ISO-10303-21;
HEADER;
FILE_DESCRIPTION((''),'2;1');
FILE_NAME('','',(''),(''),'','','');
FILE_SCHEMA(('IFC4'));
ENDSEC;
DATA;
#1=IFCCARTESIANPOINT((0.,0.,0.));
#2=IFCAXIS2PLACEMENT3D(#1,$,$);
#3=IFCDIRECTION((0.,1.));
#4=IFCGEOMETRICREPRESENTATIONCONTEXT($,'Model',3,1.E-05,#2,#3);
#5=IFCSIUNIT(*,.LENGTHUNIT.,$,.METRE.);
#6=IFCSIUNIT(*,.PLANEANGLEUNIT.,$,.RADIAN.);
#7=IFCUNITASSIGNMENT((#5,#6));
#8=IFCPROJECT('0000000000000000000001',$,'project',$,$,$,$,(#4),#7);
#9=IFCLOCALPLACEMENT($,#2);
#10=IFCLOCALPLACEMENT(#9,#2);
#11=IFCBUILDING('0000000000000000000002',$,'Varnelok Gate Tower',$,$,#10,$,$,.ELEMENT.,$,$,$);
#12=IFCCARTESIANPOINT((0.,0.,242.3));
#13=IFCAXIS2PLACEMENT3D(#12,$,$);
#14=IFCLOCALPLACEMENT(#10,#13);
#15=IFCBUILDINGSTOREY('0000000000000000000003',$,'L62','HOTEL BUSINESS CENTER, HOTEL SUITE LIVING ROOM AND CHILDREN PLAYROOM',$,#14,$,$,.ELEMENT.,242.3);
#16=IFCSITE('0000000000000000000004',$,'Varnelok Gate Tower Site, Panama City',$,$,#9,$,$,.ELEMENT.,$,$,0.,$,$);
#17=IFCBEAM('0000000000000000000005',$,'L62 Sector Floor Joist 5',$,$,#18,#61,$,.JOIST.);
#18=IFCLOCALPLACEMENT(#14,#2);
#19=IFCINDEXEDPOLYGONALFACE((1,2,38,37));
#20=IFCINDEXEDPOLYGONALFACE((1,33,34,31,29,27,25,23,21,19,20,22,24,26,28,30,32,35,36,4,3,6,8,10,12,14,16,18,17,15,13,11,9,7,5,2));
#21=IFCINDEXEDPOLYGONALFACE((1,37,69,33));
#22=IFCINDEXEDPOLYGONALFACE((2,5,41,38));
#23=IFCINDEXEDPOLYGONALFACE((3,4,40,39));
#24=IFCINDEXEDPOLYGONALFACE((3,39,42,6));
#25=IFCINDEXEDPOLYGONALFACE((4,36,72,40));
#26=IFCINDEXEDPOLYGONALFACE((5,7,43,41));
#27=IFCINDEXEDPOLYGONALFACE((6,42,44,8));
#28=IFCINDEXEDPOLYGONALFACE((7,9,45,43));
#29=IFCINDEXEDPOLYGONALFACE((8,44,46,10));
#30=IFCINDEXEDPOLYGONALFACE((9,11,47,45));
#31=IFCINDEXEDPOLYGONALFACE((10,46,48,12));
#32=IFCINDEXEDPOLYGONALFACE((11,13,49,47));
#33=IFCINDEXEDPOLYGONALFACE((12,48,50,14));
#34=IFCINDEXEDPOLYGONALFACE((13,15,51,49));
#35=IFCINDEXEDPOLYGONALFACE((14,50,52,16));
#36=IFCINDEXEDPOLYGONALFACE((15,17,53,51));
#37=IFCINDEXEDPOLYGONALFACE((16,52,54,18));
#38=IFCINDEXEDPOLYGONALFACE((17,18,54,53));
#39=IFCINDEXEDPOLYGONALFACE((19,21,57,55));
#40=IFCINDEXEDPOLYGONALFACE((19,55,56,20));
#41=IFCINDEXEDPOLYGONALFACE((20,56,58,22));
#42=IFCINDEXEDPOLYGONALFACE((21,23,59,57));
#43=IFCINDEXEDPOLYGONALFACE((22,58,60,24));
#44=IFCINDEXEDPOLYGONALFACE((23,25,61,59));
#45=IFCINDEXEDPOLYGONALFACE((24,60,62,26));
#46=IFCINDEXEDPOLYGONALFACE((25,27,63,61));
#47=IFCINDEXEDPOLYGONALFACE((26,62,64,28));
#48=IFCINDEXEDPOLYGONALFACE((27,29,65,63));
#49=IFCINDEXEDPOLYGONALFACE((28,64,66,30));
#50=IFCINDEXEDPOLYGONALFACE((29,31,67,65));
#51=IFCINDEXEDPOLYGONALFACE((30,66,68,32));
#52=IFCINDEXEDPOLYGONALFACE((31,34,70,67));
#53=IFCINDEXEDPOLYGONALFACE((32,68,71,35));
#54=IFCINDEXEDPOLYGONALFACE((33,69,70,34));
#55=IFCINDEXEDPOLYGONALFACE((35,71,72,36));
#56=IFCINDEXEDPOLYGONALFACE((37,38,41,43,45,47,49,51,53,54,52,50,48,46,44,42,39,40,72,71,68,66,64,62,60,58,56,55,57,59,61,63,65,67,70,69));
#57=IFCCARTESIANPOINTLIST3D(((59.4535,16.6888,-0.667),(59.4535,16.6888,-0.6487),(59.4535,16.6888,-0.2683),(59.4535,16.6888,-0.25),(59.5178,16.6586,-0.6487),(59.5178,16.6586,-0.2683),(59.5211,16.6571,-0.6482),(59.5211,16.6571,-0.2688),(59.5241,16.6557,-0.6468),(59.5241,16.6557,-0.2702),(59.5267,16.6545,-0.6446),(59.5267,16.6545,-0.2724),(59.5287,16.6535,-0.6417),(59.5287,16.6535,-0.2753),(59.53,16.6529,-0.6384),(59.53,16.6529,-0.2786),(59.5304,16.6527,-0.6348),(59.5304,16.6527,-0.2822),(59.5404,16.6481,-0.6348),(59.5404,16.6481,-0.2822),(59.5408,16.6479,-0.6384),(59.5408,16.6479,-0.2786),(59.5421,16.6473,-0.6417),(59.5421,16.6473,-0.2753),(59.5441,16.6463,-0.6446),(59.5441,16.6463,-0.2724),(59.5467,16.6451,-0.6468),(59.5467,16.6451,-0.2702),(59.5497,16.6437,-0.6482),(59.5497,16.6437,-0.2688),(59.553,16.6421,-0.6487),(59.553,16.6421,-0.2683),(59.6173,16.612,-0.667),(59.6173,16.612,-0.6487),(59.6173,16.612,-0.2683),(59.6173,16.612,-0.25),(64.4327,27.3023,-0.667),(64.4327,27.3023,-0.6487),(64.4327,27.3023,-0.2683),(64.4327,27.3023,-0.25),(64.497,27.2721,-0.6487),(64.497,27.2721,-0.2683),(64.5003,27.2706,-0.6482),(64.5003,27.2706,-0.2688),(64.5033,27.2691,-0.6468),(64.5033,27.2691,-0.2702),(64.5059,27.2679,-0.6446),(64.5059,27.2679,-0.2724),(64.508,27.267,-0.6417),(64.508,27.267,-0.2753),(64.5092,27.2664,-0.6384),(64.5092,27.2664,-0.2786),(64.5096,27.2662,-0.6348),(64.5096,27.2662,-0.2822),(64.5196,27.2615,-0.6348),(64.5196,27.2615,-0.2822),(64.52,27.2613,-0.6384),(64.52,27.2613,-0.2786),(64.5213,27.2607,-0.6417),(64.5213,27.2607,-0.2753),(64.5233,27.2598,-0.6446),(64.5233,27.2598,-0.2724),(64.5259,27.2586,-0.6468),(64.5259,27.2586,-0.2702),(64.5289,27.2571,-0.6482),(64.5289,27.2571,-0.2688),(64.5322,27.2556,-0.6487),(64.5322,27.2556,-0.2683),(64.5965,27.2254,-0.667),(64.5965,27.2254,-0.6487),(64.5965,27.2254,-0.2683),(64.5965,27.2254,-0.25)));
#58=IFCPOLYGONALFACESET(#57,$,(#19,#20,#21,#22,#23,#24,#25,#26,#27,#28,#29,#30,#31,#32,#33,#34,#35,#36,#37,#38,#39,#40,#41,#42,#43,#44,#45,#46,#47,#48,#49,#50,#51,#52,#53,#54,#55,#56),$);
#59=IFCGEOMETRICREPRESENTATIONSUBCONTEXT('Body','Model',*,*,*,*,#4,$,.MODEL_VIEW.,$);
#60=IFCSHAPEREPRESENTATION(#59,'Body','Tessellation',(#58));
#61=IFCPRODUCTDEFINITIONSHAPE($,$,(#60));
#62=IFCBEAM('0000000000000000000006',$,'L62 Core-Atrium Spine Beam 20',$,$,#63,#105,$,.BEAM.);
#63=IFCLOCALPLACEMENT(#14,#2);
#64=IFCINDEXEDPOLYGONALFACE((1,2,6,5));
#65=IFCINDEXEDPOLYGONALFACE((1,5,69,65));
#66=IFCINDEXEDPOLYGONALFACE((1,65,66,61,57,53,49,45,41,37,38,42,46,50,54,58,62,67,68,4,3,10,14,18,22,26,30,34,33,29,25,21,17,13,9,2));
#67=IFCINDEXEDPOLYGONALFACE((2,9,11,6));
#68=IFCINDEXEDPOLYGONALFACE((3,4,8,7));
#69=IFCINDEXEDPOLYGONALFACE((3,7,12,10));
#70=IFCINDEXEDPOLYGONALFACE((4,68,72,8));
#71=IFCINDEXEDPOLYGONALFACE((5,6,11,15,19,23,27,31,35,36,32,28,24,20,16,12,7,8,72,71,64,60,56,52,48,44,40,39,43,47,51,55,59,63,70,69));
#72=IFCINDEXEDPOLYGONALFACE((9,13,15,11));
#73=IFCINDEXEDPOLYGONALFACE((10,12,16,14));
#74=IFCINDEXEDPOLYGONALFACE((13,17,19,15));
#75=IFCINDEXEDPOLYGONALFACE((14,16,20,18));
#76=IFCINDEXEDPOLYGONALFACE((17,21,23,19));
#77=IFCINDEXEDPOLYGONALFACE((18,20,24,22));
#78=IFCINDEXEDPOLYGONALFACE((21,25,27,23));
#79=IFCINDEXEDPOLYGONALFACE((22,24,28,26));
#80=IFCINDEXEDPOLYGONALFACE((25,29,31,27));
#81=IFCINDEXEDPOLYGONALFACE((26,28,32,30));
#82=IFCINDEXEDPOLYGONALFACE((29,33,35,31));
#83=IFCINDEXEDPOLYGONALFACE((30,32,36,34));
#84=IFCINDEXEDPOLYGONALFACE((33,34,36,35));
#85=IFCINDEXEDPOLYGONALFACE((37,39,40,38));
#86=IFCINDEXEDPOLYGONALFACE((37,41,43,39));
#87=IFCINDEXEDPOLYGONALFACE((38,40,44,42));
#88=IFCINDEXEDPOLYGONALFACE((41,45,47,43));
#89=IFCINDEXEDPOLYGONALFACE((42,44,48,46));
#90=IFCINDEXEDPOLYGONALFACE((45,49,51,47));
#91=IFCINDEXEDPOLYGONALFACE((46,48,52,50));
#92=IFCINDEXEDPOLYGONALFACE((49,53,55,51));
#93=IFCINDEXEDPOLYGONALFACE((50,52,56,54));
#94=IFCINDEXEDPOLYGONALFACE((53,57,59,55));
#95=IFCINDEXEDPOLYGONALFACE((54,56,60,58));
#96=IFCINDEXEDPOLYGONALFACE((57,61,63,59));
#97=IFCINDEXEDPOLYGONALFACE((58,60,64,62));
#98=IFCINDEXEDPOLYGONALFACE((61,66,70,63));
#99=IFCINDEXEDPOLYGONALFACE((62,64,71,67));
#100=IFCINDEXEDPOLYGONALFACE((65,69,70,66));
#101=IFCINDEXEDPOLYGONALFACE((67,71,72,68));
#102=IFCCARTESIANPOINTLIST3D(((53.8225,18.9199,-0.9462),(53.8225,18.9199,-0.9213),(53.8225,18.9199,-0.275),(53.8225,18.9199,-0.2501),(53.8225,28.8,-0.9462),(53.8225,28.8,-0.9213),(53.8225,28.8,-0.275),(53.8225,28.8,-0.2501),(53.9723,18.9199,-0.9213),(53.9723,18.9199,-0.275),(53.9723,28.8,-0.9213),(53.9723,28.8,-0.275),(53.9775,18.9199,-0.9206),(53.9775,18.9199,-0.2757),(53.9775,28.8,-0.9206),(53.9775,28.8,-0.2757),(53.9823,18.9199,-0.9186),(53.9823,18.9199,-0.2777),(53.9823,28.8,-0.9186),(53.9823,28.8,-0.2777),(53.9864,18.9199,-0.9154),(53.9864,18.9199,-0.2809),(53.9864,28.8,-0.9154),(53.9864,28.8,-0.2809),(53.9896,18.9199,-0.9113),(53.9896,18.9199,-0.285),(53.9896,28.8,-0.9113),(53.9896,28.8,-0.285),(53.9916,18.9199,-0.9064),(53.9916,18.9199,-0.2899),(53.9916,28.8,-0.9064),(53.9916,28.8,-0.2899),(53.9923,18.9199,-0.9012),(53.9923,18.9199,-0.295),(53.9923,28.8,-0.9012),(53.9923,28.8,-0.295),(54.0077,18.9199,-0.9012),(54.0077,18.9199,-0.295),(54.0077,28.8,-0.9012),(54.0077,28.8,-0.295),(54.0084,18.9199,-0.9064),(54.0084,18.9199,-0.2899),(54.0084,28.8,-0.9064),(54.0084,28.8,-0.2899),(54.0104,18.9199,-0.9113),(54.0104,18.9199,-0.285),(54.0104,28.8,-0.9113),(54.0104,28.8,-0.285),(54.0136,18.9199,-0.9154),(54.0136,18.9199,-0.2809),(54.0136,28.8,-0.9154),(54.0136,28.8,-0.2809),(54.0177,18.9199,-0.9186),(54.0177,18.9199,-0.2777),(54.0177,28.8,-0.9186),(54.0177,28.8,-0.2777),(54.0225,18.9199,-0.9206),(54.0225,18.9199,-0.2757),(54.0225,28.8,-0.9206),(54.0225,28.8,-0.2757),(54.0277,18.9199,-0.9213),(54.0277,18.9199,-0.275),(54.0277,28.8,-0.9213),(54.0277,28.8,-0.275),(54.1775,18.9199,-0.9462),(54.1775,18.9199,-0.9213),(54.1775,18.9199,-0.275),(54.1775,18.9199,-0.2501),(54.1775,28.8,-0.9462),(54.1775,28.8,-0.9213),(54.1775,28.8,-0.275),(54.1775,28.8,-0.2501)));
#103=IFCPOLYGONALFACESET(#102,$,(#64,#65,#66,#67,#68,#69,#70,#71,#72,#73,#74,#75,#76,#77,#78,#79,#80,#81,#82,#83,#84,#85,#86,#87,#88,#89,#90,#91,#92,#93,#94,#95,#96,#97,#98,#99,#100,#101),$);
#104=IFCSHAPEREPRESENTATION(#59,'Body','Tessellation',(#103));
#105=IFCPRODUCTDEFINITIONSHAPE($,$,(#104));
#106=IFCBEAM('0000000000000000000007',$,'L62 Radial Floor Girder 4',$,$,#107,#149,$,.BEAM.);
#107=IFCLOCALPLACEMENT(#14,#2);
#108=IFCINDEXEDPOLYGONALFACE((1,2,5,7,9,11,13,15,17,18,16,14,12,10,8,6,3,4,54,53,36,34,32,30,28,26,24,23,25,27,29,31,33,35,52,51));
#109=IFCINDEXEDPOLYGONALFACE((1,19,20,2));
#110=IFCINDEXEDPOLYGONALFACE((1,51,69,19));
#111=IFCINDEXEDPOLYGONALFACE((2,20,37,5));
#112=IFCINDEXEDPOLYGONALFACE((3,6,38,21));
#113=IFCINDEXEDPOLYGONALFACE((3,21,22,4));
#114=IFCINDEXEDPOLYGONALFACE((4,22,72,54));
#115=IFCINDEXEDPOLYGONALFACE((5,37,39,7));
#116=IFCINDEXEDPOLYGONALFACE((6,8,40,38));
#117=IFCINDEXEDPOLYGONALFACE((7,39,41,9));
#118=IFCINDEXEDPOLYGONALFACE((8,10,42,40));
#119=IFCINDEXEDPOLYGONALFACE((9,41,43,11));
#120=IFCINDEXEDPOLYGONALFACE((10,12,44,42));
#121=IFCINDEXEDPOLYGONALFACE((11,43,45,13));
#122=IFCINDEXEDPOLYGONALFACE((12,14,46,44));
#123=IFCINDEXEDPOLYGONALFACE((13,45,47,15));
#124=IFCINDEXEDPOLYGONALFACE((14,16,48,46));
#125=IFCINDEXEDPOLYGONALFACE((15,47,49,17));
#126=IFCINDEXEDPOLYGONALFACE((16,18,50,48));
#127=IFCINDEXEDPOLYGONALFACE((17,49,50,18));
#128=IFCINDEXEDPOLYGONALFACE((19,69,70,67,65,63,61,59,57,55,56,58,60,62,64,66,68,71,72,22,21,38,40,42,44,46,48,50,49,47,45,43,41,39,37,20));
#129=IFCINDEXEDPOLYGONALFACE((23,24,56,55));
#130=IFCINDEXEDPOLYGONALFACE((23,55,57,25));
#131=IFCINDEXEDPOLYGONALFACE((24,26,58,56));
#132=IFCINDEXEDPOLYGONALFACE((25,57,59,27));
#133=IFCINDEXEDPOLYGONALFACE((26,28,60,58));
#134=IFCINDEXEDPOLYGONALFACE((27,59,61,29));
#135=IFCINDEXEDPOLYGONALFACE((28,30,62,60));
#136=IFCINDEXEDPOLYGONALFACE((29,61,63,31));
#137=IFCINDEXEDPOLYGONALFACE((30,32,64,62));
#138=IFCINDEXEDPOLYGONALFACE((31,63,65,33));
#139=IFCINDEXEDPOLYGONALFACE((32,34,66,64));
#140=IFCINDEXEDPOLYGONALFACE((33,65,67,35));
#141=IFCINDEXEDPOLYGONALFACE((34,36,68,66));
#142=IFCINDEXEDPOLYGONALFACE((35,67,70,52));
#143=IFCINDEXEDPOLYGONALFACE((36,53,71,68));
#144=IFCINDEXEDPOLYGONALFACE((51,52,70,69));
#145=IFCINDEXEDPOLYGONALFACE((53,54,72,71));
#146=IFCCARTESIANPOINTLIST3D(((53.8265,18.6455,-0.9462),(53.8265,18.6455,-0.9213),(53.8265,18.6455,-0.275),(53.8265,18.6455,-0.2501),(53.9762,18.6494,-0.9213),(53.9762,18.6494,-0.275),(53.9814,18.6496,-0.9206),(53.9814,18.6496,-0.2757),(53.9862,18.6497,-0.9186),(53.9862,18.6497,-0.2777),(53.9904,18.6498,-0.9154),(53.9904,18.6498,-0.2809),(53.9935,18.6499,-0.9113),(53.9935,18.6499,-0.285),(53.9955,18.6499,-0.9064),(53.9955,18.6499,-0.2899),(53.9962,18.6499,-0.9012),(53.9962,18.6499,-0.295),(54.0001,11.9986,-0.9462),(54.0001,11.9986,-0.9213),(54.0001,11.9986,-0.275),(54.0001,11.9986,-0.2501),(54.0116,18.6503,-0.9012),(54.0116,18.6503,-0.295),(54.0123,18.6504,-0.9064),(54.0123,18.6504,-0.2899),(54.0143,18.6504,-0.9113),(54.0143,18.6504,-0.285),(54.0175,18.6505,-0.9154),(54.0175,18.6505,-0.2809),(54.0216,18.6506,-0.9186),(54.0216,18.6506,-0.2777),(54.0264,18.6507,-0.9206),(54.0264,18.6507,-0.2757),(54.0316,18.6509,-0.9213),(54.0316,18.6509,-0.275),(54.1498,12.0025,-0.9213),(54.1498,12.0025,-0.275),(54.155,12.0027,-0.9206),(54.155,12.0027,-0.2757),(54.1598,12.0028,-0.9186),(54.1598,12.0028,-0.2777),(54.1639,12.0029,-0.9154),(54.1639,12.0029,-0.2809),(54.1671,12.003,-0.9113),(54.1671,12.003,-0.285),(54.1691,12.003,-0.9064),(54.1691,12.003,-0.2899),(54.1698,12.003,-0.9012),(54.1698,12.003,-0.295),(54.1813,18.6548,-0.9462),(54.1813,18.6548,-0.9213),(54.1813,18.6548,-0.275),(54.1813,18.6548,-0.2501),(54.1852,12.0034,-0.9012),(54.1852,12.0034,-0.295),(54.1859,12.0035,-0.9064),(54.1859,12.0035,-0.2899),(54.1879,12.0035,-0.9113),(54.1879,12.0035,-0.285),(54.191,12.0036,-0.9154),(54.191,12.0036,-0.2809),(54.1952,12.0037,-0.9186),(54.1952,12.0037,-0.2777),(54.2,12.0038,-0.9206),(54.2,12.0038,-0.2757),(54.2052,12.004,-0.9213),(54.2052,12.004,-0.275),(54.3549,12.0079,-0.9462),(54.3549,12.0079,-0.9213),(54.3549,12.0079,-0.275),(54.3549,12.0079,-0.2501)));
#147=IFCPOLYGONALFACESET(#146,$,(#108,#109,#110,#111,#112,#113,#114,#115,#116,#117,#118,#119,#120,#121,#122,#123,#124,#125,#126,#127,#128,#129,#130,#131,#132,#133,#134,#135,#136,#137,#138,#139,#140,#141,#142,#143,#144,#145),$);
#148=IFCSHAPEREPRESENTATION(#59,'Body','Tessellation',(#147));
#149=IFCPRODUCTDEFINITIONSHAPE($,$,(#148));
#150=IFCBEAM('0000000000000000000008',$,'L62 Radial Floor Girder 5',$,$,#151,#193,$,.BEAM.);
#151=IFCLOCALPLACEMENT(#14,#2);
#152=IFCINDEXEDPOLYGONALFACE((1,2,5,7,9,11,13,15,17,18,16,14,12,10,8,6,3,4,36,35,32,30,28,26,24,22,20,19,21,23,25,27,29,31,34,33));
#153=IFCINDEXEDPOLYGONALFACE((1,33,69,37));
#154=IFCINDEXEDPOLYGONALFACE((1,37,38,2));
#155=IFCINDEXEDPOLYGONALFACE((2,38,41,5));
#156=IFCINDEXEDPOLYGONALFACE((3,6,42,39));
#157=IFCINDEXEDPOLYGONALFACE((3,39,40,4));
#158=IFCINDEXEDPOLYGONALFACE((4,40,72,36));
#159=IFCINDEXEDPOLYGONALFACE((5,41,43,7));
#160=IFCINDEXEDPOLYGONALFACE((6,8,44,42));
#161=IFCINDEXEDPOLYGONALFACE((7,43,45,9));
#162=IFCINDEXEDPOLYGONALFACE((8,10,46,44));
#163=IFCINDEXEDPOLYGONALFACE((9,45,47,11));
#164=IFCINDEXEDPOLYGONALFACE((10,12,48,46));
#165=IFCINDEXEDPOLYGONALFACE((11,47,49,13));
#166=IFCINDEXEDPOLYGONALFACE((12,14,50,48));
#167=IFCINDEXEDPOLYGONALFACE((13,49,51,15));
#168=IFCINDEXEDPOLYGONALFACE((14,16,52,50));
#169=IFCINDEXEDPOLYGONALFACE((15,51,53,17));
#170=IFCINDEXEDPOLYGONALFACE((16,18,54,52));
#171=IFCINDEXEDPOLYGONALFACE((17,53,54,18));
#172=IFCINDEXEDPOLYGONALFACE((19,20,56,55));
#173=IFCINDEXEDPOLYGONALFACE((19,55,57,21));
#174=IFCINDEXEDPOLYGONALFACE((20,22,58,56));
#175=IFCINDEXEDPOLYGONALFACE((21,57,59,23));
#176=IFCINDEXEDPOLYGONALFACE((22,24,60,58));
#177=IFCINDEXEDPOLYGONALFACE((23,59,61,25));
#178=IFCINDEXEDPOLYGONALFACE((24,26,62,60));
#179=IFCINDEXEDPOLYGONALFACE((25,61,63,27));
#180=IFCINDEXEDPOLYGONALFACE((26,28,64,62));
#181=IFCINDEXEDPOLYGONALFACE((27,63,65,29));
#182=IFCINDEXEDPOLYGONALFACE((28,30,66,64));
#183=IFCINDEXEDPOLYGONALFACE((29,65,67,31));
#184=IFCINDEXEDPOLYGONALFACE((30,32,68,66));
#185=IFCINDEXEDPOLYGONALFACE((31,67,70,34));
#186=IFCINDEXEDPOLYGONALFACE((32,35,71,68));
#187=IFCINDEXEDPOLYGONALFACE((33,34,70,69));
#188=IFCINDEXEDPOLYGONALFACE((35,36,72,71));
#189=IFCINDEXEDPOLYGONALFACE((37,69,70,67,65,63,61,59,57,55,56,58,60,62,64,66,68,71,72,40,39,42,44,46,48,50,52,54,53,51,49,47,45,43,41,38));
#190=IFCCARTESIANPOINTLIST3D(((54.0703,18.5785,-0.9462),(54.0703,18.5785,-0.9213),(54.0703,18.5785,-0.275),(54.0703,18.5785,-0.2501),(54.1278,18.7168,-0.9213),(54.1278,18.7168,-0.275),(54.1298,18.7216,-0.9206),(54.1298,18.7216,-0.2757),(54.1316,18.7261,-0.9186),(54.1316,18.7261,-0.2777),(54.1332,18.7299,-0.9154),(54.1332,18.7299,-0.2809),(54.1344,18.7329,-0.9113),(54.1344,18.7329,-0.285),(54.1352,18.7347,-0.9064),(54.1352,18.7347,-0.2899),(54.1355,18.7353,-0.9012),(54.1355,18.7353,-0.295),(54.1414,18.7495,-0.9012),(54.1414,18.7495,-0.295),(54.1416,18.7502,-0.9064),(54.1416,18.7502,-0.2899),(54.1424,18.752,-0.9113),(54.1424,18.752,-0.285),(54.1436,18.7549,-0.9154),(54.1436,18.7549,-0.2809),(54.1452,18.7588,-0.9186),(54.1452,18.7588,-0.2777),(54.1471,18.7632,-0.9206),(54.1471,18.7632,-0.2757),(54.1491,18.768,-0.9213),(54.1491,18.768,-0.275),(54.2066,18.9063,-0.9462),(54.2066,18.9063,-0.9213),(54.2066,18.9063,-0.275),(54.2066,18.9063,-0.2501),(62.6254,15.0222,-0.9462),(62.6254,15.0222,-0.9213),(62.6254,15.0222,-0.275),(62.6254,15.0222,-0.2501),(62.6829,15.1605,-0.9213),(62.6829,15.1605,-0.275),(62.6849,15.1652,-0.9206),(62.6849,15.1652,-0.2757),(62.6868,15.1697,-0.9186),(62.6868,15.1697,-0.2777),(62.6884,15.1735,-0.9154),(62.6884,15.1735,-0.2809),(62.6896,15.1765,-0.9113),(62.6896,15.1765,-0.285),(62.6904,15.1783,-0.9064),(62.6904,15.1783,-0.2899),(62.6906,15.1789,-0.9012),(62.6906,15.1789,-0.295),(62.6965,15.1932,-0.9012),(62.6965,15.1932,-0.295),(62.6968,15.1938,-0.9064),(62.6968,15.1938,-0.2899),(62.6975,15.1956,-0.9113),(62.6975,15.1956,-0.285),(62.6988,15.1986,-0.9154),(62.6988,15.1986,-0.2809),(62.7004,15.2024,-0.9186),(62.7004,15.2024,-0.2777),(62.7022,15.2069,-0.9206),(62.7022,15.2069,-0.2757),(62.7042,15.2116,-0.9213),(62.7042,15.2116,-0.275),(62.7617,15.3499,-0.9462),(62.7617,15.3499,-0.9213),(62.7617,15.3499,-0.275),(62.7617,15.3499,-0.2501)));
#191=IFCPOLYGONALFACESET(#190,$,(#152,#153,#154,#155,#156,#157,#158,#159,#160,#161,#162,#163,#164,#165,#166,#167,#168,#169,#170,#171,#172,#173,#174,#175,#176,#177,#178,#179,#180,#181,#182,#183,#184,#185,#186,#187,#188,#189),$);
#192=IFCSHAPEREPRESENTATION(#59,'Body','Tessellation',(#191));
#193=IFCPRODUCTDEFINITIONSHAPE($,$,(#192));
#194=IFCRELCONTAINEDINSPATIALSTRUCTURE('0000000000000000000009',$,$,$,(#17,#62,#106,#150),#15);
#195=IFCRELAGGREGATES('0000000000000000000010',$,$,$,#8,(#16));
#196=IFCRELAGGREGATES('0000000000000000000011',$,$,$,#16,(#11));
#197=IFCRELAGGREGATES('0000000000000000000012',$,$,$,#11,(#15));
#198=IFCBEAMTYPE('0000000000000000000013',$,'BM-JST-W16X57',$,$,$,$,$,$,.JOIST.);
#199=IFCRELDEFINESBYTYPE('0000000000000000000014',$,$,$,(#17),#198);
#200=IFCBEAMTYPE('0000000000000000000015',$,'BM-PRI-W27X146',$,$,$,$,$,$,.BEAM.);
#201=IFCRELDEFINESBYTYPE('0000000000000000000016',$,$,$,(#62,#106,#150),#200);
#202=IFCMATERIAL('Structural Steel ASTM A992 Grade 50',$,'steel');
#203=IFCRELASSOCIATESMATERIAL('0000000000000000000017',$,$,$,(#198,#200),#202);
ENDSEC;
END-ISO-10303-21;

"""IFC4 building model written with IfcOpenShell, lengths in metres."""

from ifc_helpers import new_model, si_unit, direction, frame, origin, origin_2d, place, context, subcontext, project, spatial, i_section, extrude, material, material_profile, profile_set, type_object, element, save


model = new_model("IFC4")

# Units and contexts
model_context = context("Model", 3, precision=1e-05, world=origin(), true_north=direction((0.0, 1.0)))
body_context = subcontext(model_context, "Body", "Model", "MODEL_VIEW")
ifc_project = project(units=[si_unit("LENGTHUNIT", "METRE"), si_unit("PLANEANGLEUNIT", "RADIAN")], contexts=[model_context])

# Site, building, storey
site_placement = place(None, origin())
site = spatial("IfcSite", under=ifc_project, at=site_placement, Name="Varnelok Gate Tower Site, Panama City", CompositionType="ELEMENT", RefElevation=0.0)
building_placement = place(site_placement, origin())
building = spatial("IfcBuilding", under=site, at=building_placement, Name="Varnelok Gate Tower", CompositionType="ELEMENT")
storey_placement = place(building_placement, frame((0.0, 0.0, 242.3)))
storey = spatial("IfcBuildingStorey", under=building, at=storey_placement, Name="L62", Description="HOTEL BUSINESS CENTER, HOTEL SUITE LIVING ROOM AND CHILDREN PLAYROOM", CompositionType="ELEMENT", Elevation=242.3)

# Shared definitions
ifc_material_1 = material(Name="Structural Steel ASTM A992 Grade 50", Category="steel")

# Beams
ifc_material_profile_1 = material_profile(ifc_material_1, i_section(OverallWidth=0.1809, OverallDepth=0.417, WebThickness=0.011, FlangeThickness=0.0183, FilletRadius=0.0139, at=origin_2d()), Name="W16X57")
ifc_profile_set_1 = profile_set([ifc_material_profile_1], Name="Structural Steel ASTM A992 Grade 50")
beam_type_1 = type_object("IfcBeamType", Name="BM-JST-W16X57", PredefinedType="JOIST", material=ifc_profile_set_1)
beam_1_placement = place(storey_placement, frame((59.5354, 16.6504, -0.4585), z_axis=(0.424725, 0.905323, 0.0), x_axis=(-0.905323, 0.424725, 0.0)))
element("IfcBeam", 1, at=beam_1_placement, inside=storey, type_object=beam_type_1, Name="L62 Sector Floor Joist 5", PredefinedType="JOIST", context=body_context, shape_type="SweptSolid", body=[
    extrude(i_section(OverallWidth=0.1809, OverallDepth=0.417, WebThickness=0.011, FlangeThickness=0.0183, FilletRadius=0.0139, at=origin_2d()), origin(), (0.0, 0.0, 1.0), 11.7234),
])
ifc_material_profile_2 = material_profile(ifc_material_1, i_section(OverallWidth=0.355, OverallDepth=0.696, WebThickness=0.0154, FlangeThickness=0.0249, FilletRadius=0.02, at=origin_2d()), Name="W27X146")
ifc_profile_set_2 = profile_set([ifc_material_profile_2], Name="Structural Steel ASTM A992 Grade 50")
beam_type_2 = type_object("IfcBeamType", Name="BM-PRI-W27X146", PredefinedType="BEAM", material=ifc_profile_set_2)
beam_2_placement = place(storey_placement, frame((54.0, 18.9199, -0.5981), z_axis=(0.0, 1.0, 0.0), x_axis=(-1.0, 0.0, 0.0)))
element("IfcBeam", 2, at=beam_2_placement, inside=storey, type_object=beam_type_2, Name="L62 Core-Atrium Spine Beam 20", PredefinedType="BEAM", context=body_context, shape_type="SweptSolid", body=[
    extrude(i_section(OverallWidth=0.355, OverallDepth=0.696, WebThickness=0.0154, FlangeThickness=0.0249, FilletRadius=0.02, at=origin_2d()), origin(), (0.0, 0.0, 1.0), 9.8801),
])
beam_3_placement = place(storey_placement, frame((54.0039, 18.6501, -0.5981), z_axis=(0.026106, -0.999659, 0.0), x_axis=(0.999659, 0.026106, 0.0)))
element("IfcBeam", 3, at=beam_3_placement, inside=storey, type_object=beam_type_2, Name="L62 Radial Floor Girder 4", PredefinedType="BEAM", context=body_context, shape_type="SweptSolid", body=[
    extrude(i_section(OverallWidth=0.355, OverallDepth=0.696, WebThickness=0.0154, FlangeThickness=0.0249, FilletRadius=0.02, at=origin_2d()), origin(), (0.0, 0.0, 1.0), 6.6492),
])
beam_4_placement = place(storey_placement, frame((54.1384, 18.7424, -0.5981), z_axis=(0.923393, -0.383856, 0.0), x_axis=(0.383856, 0.923393, 0.0)))
element("IfcBeam", 4, at=beam_4_placement, inside=storey, type_object=beam_type_2, Name="L62 Radial Floor Girder 5", PredefinedType="BEAM", context=body_context, shape_type="SweptSolid", body=[
    extrude(i_section(OverallWidth=0.355, OverallDepth=0.696, WebThickness=0.0154, FlangeThickness=0.0249, FilletRadius=0.02, at=origin_2d()), origin(), (0.0, 0.0, 1.0), 9.2649),
])

save(model, "model.ifc")
